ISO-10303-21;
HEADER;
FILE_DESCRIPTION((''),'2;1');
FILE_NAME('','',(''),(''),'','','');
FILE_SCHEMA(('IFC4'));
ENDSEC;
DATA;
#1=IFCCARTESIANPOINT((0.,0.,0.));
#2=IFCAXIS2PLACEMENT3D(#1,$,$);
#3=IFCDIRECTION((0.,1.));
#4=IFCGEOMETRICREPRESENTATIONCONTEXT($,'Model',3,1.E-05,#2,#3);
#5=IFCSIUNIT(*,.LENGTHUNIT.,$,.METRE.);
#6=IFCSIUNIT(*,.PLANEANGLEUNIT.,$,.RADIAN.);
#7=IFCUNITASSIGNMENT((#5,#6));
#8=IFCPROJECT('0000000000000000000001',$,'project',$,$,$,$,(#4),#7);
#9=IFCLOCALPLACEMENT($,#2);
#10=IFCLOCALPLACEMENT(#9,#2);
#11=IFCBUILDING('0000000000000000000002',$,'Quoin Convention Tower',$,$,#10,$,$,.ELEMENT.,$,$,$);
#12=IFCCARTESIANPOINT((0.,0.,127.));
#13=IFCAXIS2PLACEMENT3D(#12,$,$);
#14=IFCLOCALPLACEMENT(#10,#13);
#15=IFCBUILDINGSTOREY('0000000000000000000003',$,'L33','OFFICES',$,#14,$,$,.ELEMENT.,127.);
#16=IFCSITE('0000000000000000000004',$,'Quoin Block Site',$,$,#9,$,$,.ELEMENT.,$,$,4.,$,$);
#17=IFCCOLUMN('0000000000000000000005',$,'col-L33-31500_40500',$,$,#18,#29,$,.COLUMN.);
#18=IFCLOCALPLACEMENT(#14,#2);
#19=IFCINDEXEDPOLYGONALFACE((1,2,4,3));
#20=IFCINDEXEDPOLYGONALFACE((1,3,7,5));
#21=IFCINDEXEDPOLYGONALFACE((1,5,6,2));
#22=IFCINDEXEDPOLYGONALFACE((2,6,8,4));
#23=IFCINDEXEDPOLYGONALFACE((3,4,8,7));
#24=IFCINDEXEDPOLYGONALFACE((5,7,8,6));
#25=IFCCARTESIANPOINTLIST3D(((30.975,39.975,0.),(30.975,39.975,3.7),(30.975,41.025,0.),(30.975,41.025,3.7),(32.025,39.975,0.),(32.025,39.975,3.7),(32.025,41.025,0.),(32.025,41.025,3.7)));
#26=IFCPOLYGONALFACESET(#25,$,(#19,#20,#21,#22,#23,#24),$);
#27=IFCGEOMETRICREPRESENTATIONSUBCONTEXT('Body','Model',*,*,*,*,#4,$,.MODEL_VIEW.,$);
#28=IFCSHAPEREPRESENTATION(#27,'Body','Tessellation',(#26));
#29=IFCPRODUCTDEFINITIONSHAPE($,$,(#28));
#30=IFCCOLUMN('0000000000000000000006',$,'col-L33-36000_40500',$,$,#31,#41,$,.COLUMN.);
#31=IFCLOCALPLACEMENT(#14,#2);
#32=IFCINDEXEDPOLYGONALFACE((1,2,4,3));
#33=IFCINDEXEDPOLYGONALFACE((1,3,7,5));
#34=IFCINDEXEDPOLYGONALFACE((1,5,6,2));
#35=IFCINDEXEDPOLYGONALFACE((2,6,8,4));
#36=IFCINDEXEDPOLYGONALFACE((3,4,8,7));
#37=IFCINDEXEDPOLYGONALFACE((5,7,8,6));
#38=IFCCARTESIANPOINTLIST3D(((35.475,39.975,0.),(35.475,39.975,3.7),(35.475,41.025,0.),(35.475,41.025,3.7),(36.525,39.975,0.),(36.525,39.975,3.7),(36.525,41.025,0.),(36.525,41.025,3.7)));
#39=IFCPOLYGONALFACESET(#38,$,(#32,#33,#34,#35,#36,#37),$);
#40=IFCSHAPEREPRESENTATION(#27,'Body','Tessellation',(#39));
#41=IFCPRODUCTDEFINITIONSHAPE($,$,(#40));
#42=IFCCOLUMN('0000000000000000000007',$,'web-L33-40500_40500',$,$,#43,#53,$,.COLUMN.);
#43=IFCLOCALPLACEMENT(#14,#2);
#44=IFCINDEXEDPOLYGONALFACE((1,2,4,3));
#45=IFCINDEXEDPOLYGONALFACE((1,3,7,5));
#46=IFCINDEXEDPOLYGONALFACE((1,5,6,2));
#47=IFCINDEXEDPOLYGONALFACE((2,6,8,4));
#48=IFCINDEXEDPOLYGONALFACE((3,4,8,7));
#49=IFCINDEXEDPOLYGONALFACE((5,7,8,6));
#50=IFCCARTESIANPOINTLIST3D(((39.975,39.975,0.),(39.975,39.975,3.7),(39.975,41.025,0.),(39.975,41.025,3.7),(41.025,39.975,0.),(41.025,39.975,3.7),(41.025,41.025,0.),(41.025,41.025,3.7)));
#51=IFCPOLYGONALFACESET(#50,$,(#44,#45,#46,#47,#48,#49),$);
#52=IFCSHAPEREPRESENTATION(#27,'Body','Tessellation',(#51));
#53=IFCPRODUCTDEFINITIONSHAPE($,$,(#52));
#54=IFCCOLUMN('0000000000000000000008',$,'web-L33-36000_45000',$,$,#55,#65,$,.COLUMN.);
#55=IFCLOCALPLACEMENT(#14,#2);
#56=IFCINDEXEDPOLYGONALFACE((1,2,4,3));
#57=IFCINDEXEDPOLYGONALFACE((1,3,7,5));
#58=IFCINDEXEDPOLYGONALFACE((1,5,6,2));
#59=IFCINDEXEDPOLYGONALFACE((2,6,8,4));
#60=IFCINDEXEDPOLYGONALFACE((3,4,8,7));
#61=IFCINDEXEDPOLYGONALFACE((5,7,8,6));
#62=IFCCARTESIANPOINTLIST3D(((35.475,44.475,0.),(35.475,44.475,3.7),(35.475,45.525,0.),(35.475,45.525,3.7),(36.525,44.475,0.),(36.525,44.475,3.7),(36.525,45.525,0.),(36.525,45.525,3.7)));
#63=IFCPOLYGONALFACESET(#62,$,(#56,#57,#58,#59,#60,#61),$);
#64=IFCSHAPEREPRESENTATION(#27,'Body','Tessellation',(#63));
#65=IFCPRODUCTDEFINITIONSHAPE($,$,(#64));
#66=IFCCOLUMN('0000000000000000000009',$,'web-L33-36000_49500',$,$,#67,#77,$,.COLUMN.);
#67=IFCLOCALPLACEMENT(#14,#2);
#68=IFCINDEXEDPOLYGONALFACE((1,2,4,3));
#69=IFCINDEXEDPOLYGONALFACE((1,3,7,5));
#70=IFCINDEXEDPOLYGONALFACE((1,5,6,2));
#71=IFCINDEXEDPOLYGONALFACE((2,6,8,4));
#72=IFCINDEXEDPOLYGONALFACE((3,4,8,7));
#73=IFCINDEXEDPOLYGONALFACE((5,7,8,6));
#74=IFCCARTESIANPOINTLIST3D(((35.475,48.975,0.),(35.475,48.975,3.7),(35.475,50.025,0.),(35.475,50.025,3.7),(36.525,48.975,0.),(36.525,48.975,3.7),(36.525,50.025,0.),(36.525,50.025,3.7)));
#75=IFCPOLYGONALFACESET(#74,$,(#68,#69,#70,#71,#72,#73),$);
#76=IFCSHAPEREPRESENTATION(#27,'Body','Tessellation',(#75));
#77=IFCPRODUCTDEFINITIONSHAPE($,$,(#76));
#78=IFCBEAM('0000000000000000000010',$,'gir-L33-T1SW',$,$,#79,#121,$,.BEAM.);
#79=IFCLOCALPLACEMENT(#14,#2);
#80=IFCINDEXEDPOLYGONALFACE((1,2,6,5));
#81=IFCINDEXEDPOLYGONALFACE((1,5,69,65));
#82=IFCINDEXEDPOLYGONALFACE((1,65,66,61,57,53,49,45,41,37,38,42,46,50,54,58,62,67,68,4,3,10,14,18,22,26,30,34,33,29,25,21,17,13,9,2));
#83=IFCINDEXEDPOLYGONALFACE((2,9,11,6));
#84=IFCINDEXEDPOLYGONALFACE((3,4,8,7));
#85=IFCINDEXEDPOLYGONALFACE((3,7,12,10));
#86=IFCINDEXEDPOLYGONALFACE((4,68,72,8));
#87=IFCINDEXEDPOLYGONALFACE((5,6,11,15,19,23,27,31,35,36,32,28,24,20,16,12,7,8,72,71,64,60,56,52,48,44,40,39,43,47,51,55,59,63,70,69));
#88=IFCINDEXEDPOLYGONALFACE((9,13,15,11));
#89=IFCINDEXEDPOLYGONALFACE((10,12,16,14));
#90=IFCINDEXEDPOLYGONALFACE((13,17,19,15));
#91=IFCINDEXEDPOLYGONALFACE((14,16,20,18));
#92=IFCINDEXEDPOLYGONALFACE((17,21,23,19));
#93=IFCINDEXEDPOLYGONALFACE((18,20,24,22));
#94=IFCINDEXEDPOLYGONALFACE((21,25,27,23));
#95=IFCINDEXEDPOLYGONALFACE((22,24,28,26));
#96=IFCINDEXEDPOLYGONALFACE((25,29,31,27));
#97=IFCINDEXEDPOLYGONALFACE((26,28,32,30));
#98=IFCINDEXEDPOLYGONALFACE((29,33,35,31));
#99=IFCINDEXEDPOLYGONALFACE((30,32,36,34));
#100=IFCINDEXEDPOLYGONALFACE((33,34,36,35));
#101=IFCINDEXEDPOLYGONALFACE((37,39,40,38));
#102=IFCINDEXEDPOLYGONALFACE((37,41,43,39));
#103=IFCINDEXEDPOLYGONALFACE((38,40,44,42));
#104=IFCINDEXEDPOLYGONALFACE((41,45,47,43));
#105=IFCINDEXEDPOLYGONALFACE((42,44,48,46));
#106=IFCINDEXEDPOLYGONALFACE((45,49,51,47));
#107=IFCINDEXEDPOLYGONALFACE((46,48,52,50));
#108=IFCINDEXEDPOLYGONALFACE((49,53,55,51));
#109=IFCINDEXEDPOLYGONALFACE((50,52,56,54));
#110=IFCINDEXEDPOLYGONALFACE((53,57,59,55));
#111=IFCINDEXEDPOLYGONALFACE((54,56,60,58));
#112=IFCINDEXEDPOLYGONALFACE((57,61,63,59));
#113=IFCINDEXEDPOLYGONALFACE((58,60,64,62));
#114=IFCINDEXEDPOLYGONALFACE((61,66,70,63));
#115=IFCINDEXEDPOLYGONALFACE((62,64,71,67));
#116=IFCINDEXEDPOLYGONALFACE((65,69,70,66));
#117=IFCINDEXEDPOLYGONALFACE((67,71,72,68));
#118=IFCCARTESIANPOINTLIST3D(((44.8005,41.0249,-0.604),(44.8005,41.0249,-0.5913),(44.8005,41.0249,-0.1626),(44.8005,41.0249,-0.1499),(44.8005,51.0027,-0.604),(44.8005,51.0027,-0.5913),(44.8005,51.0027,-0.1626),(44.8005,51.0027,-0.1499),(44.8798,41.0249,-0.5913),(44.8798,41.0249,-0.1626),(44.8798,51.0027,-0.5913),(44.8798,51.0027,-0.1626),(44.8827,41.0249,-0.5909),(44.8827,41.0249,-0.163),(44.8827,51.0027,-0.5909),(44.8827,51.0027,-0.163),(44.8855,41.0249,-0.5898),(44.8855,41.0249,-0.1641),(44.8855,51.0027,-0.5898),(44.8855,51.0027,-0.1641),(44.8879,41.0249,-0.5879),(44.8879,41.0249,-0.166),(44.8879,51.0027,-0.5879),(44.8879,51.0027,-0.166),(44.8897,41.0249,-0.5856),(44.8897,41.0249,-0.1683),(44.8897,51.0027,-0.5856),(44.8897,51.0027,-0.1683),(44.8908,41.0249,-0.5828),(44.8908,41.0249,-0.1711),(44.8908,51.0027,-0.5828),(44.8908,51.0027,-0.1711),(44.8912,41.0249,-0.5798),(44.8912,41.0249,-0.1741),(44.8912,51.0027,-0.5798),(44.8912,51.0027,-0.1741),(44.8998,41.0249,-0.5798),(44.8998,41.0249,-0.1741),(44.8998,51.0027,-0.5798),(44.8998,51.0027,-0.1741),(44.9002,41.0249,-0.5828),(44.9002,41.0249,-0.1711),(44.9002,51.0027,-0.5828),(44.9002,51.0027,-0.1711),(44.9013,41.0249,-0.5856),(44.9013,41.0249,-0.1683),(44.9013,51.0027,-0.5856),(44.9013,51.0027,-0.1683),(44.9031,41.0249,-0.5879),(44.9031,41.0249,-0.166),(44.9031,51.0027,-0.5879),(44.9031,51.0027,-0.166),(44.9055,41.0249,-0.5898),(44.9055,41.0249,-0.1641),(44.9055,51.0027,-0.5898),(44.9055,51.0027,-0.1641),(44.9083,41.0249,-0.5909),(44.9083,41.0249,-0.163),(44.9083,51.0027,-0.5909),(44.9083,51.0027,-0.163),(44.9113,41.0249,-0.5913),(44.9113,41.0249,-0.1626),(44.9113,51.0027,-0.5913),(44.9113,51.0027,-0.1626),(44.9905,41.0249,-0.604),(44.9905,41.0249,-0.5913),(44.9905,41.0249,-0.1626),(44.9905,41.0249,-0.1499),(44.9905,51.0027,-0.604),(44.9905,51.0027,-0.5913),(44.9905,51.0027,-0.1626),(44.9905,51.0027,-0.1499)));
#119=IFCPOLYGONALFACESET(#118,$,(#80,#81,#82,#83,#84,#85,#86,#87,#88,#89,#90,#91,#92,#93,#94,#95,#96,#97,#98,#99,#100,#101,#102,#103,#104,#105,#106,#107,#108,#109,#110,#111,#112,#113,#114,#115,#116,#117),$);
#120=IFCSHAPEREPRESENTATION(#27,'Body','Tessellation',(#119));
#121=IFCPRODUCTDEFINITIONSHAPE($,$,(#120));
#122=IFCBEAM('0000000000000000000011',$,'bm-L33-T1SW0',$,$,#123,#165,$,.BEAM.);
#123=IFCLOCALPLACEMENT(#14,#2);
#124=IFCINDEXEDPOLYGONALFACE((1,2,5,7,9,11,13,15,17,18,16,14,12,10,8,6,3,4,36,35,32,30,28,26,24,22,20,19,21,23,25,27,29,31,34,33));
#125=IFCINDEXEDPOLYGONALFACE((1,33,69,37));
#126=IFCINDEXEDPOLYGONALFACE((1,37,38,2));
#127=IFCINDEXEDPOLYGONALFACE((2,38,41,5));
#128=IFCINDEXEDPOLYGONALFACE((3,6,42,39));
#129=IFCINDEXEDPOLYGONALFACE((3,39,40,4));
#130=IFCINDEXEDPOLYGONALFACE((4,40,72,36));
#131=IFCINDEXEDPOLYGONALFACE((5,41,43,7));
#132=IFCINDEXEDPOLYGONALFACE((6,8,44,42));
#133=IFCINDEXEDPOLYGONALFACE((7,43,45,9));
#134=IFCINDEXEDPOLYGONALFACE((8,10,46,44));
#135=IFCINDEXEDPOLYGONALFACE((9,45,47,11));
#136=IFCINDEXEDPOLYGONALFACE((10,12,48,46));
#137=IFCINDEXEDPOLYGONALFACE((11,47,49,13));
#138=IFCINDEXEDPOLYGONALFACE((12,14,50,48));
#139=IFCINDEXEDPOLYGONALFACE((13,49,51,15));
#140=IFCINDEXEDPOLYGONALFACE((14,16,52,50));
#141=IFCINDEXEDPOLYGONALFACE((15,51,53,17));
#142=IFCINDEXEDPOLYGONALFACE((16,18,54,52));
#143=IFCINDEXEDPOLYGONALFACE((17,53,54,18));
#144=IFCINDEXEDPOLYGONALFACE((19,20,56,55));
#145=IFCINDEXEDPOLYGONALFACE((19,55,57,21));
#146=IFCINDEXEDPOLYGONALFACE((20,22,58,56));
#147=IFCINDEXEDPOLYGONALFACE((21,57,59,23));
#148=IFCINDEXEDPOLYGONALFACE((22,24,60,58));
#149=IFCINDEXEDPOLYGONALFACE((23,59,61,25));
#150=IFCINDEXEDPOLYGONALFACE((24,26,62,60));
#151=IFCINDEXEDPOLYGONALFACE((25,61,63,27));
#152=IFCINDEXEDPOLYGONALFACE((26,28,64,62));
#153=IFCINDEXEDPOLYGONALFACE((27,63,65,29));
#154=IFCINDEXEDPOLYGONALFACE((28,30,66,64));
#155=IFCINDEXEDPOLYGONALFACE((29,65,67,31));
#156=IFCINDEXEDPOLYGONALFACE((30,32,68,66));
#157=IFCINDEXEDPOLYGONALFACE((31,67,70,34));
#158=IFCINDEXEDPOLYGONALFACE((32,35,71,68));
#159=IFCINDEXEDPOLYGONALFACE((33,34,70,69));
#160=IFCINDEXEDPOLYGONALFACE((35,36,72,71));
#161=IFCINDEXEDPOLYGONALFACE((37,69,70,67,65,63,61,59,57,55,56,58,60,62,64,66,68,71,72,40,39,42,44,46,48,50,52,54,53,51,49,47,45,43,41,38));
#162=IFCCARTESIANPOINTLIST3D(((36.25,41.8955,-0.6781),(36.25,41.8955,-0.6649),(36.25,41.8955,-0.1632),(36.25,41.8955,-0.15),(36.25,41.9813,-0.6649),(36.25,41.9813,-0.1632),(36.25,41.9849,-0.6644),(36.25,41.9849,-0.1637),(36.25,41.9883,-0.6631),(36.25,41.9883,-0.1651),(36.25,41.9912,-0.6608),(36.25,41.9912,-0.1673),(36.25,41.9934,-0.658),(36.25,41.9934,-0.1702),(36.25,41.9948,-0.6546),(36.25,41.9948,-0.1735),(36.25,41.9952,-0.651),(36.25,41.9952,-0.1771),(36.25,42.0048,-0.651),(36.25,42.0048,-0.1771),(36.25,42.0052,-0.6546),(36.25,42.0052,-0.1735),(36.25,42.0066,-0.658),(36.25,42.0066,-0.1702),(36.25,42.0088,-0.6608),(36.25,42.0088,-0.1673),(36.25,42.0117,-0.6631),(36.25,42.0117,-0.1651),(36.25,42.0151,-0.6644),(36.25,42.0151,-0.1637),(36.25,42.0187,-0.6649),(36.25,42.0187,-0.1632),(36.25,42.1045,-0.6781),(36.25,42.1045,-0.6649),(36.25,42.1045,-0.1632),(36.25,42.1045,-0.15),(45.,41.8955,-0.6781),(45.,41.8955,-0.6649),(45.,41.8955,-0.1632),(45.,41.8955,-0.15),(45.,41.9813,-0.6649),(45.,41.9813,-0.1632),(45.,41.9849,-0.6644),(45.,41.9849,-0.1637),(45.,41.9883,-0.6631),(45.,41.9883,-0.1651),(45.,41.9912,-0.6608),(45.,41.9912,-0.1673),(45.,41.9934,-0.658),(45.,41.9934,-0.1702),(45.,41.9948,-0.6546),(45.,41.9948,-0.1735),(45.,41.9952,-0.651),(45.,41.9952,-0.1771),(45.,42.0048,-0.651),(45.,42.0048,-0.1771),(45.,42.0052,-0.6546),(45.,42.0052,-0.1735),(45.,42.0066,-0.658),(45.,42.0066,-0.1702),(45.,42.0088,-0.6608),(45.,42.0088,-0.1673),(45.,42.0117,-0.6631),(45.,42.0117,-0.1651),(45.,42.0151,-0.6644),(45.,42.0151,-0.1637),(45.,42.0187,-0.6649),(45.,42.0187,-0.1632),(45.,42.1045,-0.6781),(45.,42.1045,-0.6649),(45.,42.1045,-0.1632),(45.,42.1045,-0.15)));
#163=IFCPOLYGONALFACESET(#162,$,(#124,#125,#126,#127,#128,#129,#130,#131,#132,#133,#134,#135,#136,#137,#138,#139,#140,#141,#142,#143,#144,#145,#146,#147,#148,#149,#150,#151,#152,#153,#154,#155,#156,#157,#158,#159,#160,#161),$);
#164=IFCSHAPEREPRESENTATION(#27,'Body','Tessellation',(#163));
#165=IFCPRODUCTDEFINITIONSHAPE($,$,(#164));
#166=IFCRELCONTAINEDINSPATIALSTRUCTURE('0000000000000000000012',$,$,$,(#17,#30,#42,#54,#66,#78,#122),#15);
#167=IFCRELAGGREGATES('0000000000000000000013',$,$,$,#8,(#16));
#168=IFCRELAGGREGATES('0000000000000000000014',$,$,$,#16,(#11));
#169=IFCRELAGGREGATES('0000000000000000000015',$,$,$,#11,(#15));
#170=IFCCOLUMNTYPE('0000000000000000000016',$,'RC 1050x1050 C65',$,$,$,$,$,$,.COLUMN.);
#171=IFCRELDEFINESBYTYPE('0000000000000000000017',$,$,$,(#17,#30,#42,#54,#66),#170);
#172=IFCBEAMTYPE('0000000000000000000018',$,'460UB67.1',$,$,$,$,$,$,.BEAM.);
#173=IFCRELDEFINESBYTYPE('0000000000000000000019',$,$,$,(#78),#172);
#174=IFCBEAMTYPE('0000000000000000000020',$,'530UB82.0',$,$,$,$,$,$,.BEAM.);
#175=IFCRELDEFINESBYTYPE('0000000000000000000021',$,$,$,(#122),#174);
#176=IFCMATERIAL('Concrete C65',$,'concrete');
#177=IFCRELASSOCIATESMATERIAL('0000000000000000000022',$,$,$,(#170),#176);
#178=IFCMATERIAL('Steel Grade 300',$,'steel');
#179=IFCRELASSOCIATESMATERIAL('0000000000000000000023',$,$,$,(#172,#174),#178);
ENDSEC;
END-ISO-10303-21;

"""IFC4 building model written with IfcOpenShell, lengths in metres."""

from ifc_helpers import new_model, si_unit, direction, frame, origin, origin_2d, place, context, subcontext, project, spatial, rectangle, i_section, extrude, material, material_profile, profile_set, type_object, element, save


model = new_model("IFC4")

# Units and contexts
model_context = context("Model", 3, precision=1e-05, world=origin(), true_north=direction((0.0, 1.0)))
body_context = subcontext(model_context, "Body", "Model", "MODEL_VIEW")
ifc_project = project(units=[si_unit("LENGTHUNIT", "METRE"), si_unit("PLANEANGLEUNIT", "RADIAN")], contexts=[model_context])

# Site, building, storey
site_placement = place(None, origin())
site = spatial("IfcSite", under=ifc_project, at=site_placement, Name="Quoin Block Site", CompositionType="ELEMENT", RefElevation=4.0)
building_placement = place(site_placement, origin())
building = spatial("IfcBuilding", under=site, at=building_placement, Name="Quoin Convention Tower", CompositionType="ELEMENT")
storey_placement = place(building_placement, frame((0.0, 0.0, 127.0)))
storey = spatial("IfcBuildingStorey", under=building, at=storey_placement, Name="L33", Description="OFFICES", CompositionType="ELEMENT", Elevation=127.0)

# Columns
ifc_material_1 = material(Name="Concrete C65", Category="concrete")
ifc_material_profile_1 = material_profile(ifc_material_1, rectangle(XDim=1.05, YDim=1.05, at=origin_2d()), Name="RC 1050x1050")
ifc_profile_set_1 = profile_set([ifc_material_profile_1], Name="Concrete C65")
column_type = type_object("IfcColumnType", Name="RC 1050x1050 C65", PredefinedType="COLUMN", material=ifc_profile_set_1)
for number, where, z_axis, x_axis, name in (
    (1, (31.5, 40.5, 0.0), (0.0, 0.0, 1.0), (1.0, 0.0, 0.0), "col-L33-31500_40500"),
    (2, (36.0, 40.5, 0.0), (0.0, 0.0, 1.0), (1.0, 0.0, 0.0), "col-L33-36000_40500"),
    (3, (40.5, 40.5, 0.0), (0.0, 0.0, 1.0), (1.0, 0.0, 0.0), "web-L33-40500_40500"),
    (4, (36.0, 45.0, 0.0), (0.0, 0.0, 1.0), (1.0, 0.0, 0.0), "web-L33-36000_45000"),
    (5, (36.0, 49.5, 0.0), (0.0, 0.0, 1.0), (1.0, 0.0, 0.0), "web-L33-36000_49500"),
):
    element("IfcColumn", number, at=place(storey_placement, frame(where, z_axis=z_axis, x_axis=x_axis)), inside=storey, type_object=column_type, Name=name, PredefinedType="COLUMN", context=body_context, shape_type="SweptSolid", body=[
        extrude(rectangle(XDim=1.05, YDim=1.05, at=origin_2d()), origin(), (0.0, 0.0, 1.0), 3.7),
    ])

# Beams
ifc_material_2 = material(Name="Steel Grade 300", Category="steel")
ifc_material_profile_2 = material_profile(ifc_material_2, i_section(OverallWidth=0.1899, OverallDepth=0.4541, WebThickness=0.0085, FlangeThickness=0.0127, FilletRadius=0.0115, at=origin_2d()), Name="460UB67.1")
ifc_profile_set_2 = profile_set([ifc_material_profile_2], Name="Steel Grade 300")
beam_type_1 = type_object("IfcBeamType", Name="460UB67.1", PredefinedType="BEAM", material=ifc_profile_set_2)
beam_1_placement = place(storey_placement, frame((44.8955, 41.0249, -0.377), z_axis=(0.0, 1.0, 0.0), x_axis=(-1.0, 0.0, 0.0)))
element("IfcBeam", 6, at=beam_1_placement, inside=storey, type_object=beam_type_1, Name="gir-L33-T1SW", PredefinedType="BEAM", context=body_context, shape_type="SweptSolid", body=[
    extrude(i_section(OverallWidth=0.1899, OverallDepth=0.4541, WebThickness=0.0085, FlangeThickness=0.0127, FilletRadius=0.0115, at=origin_2d()), origin(), (0.0, 0.0, 1.0), 9.9778),
])
ifc_material_profile_3 = material_profile(ifc_material_2, i_section(OverallWidth=0.209, OverallDepth=0.5281, WebThickness=0.0095, FlangeThickness=0.0132, FilletRadius=0.0139, at=origin_2d()), Name="530UB82.0")
ifc_profile_set_3 = profile_set([ifc_material_profile_3], Name="Steel Grade 300")
beam_type_2 = type_object("IfcBeamType", Name="530UB82.0", PredefinedType="BEAM", material=ifc_profile_set_3)
beam_2_placement = place(storey_placement, frame((36.25, 42.0, -0.4141), z_axis=(1.0, 0.0, 0.0), x_axis=(0.0, 1.0, 0.0)))
element("IfcBeam", 7, at=beam_2_placement, inside=storey, type_object=beam_type_2, Name="bm-L33-T1SW0", PredefinedType="BEAM", context=body_context, shape_type="SweptSolid", body=[
    extrude(i_section(OverallWidth=0.209, OverallDepth=0.5281, WebThickness=0.0095, FlangeThickness=0.0132, FilletRadius=0.0139, at=origin_2d()), origin(), (0.0, 0.0, 1.0), 8.75),
])

save(model, "model.ifc")
